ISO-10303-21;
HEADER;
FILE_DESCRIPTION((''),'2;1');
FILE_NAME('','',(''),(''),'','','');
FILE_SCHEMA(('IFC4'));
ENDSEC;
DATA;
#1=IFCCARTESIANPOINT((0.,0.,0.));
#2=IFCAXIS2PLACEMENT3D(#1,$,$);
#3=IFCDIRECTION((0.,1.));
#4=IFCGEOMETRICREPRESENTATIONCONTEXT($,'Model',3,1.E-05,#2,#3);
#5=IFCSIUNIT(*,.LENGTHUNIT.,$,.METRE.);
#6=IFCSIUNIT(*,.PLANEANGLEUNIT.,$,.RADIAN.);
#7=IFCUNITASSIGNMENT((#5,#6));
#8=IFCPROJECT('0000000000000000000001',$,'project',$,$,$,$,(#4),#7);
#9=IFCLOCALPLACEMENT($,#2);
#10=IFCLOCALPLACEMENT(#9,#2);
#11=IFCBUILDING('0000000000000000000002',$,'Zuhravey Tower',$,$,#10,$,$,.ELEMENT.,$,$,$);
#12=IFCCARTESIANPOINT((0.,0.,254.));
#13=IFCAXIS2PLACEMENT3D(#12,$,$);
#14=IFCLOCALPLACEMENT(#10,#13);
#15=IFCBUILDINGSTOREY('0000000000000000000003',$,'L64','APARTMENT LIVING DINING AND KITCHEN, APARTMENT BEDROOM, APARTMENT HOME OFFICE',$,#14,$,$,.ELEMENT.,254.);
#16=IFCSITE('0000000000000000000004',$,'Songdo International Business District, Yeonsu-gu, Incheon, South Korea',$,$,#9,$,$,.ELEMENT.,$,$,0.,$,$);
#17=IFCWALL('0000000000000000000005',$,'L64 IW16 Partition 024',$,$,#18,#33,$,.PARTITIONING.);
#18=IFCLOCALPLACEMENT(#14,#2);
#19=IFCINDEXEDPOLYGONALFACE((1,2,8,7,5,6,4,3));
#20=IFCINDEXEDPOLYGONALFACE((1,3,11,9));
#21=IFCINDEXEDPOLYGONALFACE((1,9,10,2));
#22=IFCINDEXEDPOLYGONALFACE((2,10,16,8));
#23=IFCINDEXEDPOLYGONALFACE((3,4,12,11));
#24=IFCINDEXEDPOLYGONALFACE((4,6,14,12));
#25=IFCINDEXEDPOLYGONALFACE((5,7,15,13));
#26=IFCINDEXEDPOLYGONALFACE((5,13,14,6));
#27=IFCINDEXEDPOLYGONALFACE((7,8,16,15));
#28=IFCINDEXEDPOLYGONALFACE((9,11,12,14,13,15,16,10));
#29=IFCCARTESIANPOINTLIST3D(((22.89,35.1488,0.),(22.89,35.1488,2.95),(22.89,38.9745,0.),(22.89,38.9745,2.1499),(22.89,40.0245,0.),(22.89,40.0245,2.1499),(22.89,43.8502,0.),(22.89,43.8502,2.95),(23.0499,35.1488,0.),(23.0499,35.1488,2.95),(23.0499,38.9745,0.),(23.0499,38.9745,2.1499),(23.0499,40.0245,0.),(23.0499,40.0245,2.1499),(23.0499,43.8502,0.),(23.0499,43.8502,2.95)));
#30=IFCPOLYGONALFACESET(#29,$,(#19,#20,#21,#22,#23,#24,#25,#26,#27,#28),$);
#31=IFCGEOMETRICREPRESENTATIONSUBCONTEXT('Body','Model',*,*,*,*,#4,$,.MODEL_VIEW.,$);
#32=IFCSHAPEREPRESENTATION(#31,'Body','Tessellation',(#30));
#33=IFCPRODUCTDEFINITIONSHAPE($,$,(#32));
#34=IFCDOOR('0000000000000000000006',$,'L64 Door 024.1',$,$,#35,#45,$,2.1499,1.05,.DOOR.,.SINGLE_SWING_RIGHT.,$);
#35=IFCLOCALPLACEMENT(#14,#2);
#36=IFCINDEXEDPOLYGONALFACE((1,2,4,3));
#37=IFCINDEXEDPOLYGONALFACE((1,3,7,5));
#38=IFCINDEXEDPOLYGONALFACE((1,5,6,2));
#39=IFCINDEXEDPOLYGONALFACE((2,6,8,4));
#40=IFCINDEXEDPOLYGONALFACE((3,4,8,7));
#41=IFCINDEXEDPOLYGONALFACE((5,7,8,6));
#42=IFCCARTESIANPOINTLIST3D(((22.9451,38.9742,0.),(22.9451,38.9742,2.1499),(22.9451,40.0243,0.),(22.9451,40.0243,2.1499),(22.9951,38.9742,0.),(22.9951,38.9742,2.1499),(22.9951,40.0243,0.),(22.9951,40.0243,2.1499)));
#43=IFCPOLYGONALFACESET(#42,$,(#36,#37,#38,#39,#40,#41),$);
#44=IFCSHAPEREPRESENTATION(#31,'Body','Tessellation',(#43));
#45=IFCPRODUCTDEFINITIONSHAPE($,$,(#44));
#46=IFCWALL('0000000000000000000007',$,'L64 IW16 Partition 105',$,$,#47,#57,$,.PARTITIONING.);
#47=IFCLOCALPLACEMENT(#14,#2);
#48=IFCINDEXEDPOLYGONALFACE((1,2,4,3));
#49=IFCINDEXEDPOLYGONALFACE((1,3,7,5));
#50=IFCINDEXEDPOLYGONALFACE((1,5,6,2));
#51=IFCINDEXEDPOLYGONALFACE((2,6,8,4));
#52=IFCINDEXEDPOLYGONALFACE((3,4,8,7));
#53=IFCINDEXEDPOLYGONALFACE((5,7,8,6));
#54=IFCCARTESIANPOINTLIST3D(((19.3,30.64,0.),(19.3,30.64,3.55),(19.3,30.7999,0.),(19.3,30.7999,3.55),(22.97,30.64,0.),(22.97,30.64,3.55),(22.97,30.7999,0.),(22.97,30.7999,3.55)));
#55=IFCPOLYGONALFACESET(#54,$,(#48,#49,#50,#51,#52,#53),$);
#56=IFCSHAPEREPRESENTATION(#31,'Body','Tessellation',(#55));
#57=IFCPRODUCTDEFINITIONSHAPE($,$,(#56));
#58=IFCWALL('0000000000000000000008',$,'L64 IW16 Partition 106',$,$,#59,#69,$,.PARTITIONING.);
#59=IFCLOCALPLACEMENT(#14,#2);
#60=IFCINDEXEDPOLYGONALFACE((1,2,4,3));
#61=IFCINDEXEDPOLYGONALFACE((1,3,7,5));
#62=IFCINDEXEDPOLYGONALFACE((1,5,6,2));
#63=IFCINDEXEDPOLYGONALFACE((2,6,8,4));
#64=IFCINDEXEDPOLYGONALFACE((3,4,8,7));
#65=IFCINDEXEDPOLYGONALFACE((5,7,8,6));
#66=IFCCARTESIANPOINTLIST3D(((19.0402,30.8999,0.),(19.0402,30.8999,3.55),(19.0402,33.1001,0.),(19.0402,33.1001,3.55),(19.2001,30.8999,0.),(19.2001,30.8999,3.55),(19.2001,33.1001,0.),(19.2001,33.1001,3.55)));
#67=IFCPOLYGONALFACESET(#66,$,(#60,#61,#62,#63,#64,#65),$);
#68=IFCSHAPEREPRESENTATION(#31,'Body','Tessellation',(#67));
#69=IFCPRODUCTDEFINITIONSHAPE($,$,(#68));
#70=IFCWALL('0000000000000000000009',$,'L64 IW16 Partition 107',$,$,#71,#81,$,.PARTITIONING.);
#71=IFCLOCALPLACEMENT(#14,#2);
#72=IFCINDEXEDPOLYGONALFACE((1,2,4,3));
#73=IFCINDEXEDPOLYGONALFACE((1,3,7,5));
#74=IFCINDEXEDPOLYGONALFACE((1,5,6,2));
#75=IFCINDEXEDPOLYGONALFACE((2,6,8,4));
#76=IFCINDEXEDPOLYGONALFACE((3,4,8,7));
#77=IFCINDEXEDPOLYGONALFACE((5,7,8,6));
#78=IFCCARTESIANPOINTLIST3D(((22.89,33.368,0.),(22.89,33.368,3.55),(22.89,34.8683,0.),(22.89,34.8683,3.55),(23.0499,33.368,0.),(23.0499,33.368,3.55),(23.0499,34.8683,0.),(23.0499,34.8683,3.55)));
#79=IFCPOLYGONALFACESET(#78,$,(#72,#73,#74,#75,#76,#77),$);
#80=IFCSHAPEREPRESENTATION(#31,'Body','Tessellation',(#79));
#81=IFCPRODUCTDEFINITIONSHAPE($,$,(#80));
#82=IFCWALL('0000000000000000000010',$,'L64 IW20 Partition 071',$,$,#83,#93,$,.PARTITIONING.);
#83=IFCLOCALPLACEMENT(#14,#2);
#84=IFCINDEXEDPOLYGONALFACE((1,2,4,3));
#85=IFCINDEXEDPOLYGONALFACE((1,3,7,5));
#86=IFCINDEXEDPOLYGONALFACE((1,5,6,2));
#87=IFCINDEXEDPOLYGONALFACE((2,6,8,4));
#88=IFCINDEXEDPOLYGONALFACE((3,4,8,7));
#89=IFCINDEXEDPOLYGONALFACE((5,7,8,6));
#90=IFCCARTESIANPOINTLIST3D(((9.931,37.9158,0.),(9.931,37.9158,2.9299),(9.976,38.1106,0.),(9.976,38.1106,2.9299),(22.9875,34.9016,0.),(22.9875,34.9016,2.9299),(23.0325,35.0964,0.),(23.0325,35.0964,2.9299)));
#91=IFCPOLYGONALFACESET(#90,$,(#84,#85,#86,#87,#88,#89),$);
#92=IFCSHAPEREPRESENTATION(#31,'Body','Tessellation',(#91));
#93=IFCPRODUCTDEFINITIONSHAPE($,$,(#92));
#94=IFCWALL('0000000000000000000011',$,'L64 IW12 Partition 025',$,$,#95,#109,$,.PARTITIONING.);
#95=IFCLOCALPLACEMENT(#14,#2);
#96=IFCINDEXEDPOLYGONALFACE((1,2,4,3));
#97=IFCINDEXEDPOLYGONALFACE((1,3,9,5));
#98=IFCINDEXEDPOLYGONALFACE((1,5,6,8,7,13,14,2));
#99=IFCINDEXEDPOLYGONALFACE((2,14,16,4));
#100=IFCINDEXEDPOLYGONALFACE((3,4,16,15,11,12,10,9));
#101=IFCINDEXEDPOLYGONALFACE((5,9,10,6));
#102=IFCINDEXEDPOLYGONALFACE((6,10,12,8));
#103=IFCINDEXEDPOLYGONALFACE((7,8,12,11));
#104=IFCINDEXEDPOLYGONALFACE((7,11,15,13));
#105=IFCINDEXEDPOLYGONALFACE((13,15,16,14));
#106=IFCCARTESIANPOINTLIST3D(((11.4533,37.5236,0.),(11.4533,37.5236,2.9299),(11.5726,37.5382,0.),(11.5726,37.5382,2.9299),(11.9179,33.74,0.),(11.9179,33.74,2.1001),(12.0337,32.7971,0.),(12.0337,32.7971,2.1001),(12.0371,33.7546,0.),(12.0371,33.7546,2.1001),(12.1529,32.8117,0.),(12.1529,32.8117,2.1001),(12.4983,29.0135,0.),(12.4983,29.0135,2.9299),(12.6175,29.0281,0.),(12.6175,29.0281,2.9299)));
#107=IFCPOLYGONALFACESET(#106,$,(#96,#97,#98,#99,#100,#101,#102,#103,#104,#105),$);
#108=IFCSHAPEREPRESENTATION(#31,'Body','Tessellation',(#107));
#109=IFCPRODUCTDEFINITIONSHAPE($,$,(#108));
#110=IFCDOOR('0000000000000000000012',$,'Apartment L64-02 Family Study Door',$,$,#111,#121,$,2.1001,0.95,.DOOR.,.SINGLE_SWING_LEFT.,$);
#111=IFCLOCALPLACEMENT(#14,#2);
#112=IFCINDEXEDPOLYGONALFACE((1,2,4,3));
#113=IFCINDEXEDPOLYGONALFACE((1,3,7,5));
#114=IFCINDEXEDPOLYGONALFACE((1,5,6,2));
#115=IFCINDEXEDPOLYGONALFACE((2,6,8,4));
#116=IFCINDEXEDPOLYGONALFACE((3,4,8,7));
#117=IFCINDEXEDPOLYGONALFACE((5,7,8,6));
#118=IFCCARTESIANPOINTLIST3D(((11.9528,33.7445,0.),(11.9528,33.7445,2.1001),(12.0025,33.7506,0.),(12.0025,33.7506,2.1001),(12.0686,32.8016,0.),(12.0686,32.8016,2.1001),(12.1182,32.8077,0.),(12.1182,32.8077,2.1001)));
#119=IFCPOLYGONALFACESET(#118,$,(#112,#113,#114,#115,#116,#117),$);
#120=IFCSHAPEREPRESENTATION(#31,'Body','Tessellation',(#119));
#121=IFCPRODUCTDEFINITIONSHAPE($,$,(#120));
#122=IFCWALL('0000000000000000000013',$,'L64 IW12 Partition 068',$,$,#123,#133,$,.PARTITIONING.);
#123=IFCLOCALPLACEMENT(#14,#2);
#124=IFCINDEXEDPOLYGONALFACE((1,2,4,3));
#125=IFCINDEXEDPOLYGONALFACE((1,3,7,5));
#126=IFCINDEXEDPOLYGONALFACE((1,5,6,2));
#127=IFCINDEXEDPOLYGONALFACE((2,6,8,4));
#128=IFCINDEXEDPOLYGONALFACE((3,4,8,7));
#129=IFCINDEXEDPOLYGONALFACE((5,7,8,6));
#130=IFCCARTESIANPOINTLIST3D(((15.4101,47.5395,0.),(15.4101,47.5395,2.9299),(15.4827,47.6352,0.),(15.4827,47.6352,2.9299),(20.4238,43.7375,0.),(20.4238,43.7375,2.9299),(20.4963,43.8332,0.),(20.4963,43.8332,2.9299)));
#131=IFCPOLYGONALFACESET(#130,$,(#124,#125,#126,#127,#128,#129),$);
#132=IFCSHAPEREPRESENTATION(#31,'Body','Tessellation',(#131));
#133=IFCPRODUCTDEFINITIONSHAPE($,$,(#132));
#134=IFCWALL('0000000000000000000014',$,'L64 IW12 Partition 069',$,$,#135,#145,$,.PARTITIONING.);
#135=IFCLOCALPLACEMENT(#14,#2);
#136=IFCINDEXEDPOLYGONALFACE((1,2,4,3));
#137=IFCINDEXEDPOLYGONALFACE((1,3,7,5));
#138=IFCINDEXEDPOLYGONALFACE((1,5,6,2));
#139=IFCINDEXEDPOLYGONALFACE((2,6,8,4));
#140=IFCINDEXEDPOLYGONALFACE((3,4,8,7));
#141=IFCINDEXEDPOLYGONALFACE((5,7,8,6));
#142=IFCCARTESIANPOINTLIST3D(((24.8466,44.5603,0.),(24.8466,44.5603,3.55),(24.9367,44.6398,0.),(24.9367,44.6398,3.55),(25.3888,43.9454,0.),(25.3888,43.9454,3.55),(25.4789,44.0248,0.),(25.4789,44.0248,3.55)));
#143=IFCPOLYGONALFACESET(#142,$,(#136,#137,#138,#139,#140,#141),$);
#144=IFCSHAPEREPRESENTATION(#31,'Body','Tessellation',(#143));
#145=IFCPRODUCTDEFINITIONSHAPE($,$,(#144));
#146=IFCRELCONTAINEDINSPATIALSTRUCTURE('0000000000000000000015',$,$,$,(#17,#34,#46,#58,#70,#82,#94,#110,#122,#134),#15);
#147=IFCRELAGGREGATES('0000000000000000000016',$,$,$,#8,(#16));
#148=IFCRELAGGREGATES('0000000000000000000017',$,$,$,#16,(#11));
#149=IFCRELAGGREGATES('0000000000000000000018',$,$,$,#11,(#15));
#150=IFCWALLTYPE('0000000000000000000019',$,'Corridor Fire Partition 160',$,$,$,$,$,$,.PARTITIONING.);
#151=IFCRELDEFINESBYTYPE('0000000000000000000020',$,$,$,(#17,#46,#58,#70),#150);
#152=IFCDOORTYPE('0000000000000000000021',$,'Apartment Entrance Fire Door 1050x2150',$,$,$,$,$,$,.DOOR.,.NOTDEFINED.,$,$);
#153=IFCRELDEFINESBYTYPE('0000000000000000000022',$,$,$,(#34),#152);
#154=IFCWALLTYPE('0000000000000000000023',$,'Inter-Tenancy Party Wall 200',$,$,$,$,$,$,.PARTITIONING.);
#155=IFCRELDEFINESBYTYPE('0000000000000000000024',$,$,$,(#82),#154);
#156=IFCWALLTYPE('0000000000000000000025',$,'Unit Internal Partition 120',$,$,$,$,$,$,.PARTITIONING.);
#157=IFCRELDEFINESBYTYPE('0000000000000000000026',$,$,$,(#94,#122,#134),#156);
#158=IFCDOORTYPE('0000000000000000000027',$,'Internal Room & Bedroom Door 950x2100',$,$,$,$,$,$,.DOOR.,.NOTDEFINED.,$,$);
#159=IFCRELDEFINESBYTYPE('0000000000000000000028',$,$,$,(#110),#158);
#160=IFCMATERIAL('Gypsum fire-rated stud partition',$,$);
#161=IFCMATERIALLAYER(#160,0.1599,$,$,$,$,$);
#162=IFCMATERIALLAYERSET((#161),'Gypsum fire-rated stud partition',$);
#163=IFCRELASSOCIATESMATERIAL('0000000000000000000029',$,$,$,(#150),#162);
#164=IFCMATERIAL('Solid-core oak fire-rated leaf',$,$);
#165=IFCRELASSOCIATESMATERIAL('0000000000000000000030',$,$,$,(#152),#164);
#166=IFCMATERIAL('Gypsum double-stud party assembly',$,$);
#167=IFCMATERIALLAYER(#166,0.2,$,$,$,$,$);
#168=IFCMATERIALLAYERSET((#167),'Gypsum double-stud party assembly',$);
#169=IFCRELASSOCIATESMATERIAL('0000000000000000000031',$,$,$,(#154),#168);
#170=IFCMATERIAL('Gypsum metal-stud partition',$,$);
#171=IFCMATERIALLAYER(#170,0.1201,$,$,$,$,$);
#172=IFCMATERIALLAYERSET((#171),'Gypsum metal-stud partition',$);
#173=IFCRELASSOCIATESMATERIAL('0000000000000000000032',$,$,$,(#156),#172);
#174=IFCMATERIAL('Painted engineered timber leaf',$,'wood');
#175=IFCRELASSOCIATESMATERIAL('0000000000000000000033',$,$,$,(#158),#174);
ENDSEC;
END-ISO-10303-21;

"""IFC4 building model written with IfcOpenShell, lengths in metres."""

from ifc_helpers import new_model, si_unit, direction, frame, frame_2d, origin, place, context, subcontext, project, spatial, rectangle, extrude, material, layer, layer_set, type_object, element, fill, save


model = new_model("IFC4")

# Units and contexts
model_context = context("Model", 3, precision=1e-05, world=origin(), true_north=direction((0.0, 1.0)))
body_context = subcontext(model_context, "Body", "Model", "MODEL_VIEW")
ifc_project = project(units=[si_unit("LENGTHUNIT", "METRE"), si_unit("PLANEANGLEUNIT", "RADIAN")], contexts=[model_context])

# Site, building, storey
site_placement = place(None, origin())
site = spatial("IfcSite", under=ifc_project, at=site_placement, Name="Songdo International Business District, Yeonsu-gu, Incheon, South Korea", CompositionType="ELEMENT", RefElevation=0.0)
building_placement = place(site_placement, origin())
building = spatial("IfcBuilding", under=site, at=building_placement, Name="Zuhravey Tower", CompositionType="ELEMENT")
storey_placement = place(building_placement, frame((0.0, 0.0, 254.0)))
storey = spatial("IfcBuildingStorey", under=building, at=storey_placement, Name="L64", Description="APARTMENT LIVING DINING AND KITCHEN, APARTMENT BEDROOM, APARTMENT HOME OFFICE", CompositionType="ELEMENT", Elevation=254.0)

# Wall, opening, door
ifc_material_1 = material(Name="Gypsum fire-rated stud partition")
ifc_layer_1 = layer(ifc_material_1, 0.1599)
ifc_layer_set_1 = layer_set([ifc_layer_1], Name="Gypsum fire-rated stud partition")
wall_type_1 = type_object("IfcWallType", Name="Corridor Fire Partition 160", PredefinedType="PARTITIONING", material=ifc_layer_set_1)
wall_1_placement = place(storey_placement, frame((22.97, 43.8501, 0.0), z_axis=(0.0, 0.0, 1.0), x_axis=(0.0, -1.0, 0.0)))
wall_1 = element("IfcWall", 1, at=wall_1_placement, inside=storey, type_object=wall_type_1, Name="L64 IW16 Partition 024", PredefinedType="PARTITIONING", context=body_context, shape_type="SweptSolid", body=[
    extrude(rectangle(XDim=8.7014, YDim=0.1599, at=frame_2d((4.3506, 0.0))), origin(), (0.0, 0.0, 1.0), 2.95),
])
opening_1_placement = place(wall_1_placement, frame((3.8257, 0.0, 0.0)))
opening_1 = element("IfcOpeningElement", 2, at=opening_1_placement, cuts=wall_1, PredefinedType="OPENING", context=body_context, shape_type="SweptSolid", body=[
    extrude(rectangle(XDim=1.05, YDim=2.1499, at=frame_2d((0.5249, 1.075))), frame((0.0, 0.092, 0.0), z_axis=(0.0, -1.0, 0.0), x_axis=(1.0, 0.0, 0.0)), (0.0, 0.0, 1.0), 0.1838),
])
ifc_material_2 = material(Name="Solid-core oak fire-rated leaf")
door_type_1 = type_object("IfcDoorType", Name="Apartment Entrance Fire Door 1050x2150", OperationType="NOTDEFINED", PredefinedType="DOOR", material=ifc_material_2)
door_1_placement = place(opening_1_placement, frame((1.05, 0.0, 0.0), z_axis=(0.0, 0.0, 1.0), x_axis=(-1.0, 0.0, 0.0)))
door_1 = element("IfcDoor", 3, at=door_1_placement, inside=storey, type_object=door_type_1, Name="L64 Door 024.1", OperationType="SINGLE_SWING_RIGHT", OverallHeight=2.1499, OverallWidth=1.05, PredefinedType="DOOR", context=body_context, shape_type="SweptSolid", body=[
    extrude(rectangle(XDim=1.05, YDim=2.1499, at=frame_2d((0.5249, 1.075))), frame((0.0, 0.0249, 0.0), z_axis=(0.0, -1.0, 0.0), x_axis=(1.0, 0.0, 0.0)), (0.0, 0.0, 1.0), 0.05),
])
fill(opening_1, door_1)

# Walls
wall_2_placement = place(storey_placement, frame((19.3, 30.72, 0.0), z_axis=(0.0, 0.0, 1.0), x_axis=(1.0, 0.0, 0.0)))
element("IfcWall", 4, at=wall_2_placement, inside=storey, type_object=wall_type_1, Name="L64 IW16 Partition 105", PredefinedType="PARTITIONING", context=body_context, shape_type="SweptSolid", body=[
    extrude(rectangle(XDim=3.6699, YDim=0.1599, at=frame_2d((1.835, 0.0))), origin(), (0.0, 0.0, 1.0), 3.55),
])
wall_3_placement = place(storey_placement, frame((19.1201, 33.1001, 0.0), z_axis=(0.0, 0.0, 1.0), x_axis=(0.0, -1.0, 0.0)))
element("IfcWall", 5, at=wall_3_placement, inside=storey, type_object=wall_type_1, Name="L64 IW16 Partition 106", PredefinedType="PARTITIONING", context=body_context, shape_type="SweptSolid", body=[
    extrude(rectangle(XDim=2.2002, YDim=0.1599, at=frame_2d((1.1001, 0.0))), origin(), (0.0, 0.0, 1.0), 3.55),
])
wall_4_placement = place(storey_placement, frame((22.97, 34.8682, 0.0), z_axis=(0.0, 0.0, 1.0), x_axis=(0.0, -1.0, 0.0)))
element("IfcWall", 6, at=wall_4_placement, inside=storey, type_object=wall_type_1, Name="L64 IW16 Partition 107", PredefinedType="PARTITIONING", context=body_context, shape_type="SweptSolid", body=[
    extrude(rectangle(XDim=1.5002, YDim=0.1599, at=frame_2d((0.75, 0.0))), origin(), (0.0, 0.0, 1.0), 3.55),
])
ifc_material_3 = material(Name="Gypsum double-stud party assembly")
ifc_layer_2 = layer(ifc_material_3, 0.2)
ifc_layer_set_2 = layer_set([ifc_layer_2], Name="Gypsum double-stud party assembly")
wall_type_2 = type_object("IfcWallType", Name="Inter-Tenancy Party Wall 200", PredefinedType="PARTITIONING", material=ifc_layer_set_2)
wall_5_placement = place(storey_placement, frame((23.01, 34.999, 0.0), z_axis=(0.0, 0.0, 1.0), x_axis=(-0.974372, 0.224941, 0.0)))
element("IfcWall", 7, at=wall_5_placement, inside=storey, type_object=wall_type_2, Name="L64 IW20 Partition 071", PredefinedType="PARTITIONING", context=body_context, shape_type="SweptSolid", body=[
    extrude(rectangle(XDim=13.3999, YDim=0.2, at=frame_2d((6.7, 0.0))), origin(), (0.0, 0.0, 1.0), 2.9299),
])

# Wall, opening, door
ifc_material_4 = material(Name="Gypsum metal-stud partition")
ifc_layer_3 = layer(ifc_material_4, 0.1201)
ifc_layer_set_3 = layer_set([ifc_layer_3], Name="Gypsum metal-stud partition")
wall_type_3 = type_object("IfcWallType", Name="Unit Internal Partition 120", PredefinedType="PARTITIONING", material=ifc_layer_set_3)
wall_6_placement = place(storey_placement, frame((11.5129, 37.531, 0.0), z_axis=(0.0, 0.0, 1.0), x_axis=(0.121872, -0.992546, 0.0)))
wall_6 = element("IfcWall", 8, at=wall_6_placement, inside=storey, type_object=wall_type_3, Name="L64 IW12 Partition 025", PredefinedType="PARTITIONING", context=body_context, shape_type="SweptSolid", body=[
    extrude(rectangle(XDim=8.574, YDim=0.1201, at=frame_2d((4.2871, 0.0))), origin(), (0.0, 0.0, 1.0), 2.9299),
])
opening_2_placement = place(wall_6_placement, frame((3.812, 0.0, 0.0)))
opening_2 = element("IfcOpeningElement", 9, at=opening_2_placement, cuts=wall_6, PredefinedType="OPENING", context=body_context, shape_type="SweptSolid", body=[
    extrude(rectangle(XDim=0.95, YDim=2.1001, at=frame_2d((0.4751, 1.05))), frame((0.0, 0.072, 0.0), z_axis=(0.0, -1.0, 0.0), x_axis=(1.0, 0.0, 0.0)), (0.0, 0.0, 1.0), 0.144),
])
ifc_material_5 = material(Name="Painted engineered timber leaf", Category="wood")
door_type_2 = type_object("IfcDoorType", Name="Internal Room & Bedroom Door 950x2100", OperationType="NOTDEFINED", PredefinedType="DOOR", material=ifc_material_5)
door_2_placement = place(opening_2_placement, frame((0.95, 0.0, 0.0), z_axis=(0.0, 0.0, 1.0), x_axis=(-1.0, 0.0, 0.0)))
door_2 = element("IfcDoor", 10, at=door_2_placement, inside=storey, type_object=door_type_2, Name="Apartment L64-02 Family Study Door", OperationType="SINGLE_SWING_LEFT", OverallHeight=2.1001, OverallWidth=0.95, PredefinedType="DOOR", context=body_context, shape_type="SweptSolid", body=[
    extrude(rectangle(XDim=0.95, YDim=2.1001, at=frame_2d((0.4751, 1.05))), frame((0.0, 0.0249, 0.0), z_axis=(0.0, -1.0, 0.0), x_axis=(1.0, 0.0, 0.0)), (0.0, 0.0, 1.0), 0.05),
])
fill(opening_2, door_2)

# Walls
wall_7_placement = place(storey_placement, frame((20.46, 43.7854, 0.0), z_axis=(0.0, 0.0, 1.0), x_axis=(-0.796804, 0.604238, 0.0)))
element("IfcWall", 11, at=wall_7_placement, inside=storey, type_object=wall_type_3, Name="L64 IW12 Partition 068", PredefinedType="PARTITIONING", context=body_context, shape_type="SweptSolid", body=[
    extrude(rectangle(XDim=6.2922, YDim=0.1201, at=frame_2d((3.146, 0.0))), origin(), (0.0, 0.0, 1.0), 2.9299),
])
wall_8_placement = place(storey_placement, frame((25.4338, 43.9851, 0.0), z_axis=(0.0, 0.0, 1.0), x_axis=(-0.661346, 0.750081, 0.0)))
element("IfcWall", 12, at=wall_8_placement, inside=storey, type_object=wall_type_3, Name="L64 IW12 Partition 069", PredefinedType="PARTITIONING", context=body_context, shape_type="SweptSolid", body=[
    extrude(rectangle(XDim=0.8198, YDim=0.1201, at=frame_2d((0.4099, 0.0))), origin(), (0.0, 0.0, 1.0), 3.55),
])

save(model, "model.ifc")
